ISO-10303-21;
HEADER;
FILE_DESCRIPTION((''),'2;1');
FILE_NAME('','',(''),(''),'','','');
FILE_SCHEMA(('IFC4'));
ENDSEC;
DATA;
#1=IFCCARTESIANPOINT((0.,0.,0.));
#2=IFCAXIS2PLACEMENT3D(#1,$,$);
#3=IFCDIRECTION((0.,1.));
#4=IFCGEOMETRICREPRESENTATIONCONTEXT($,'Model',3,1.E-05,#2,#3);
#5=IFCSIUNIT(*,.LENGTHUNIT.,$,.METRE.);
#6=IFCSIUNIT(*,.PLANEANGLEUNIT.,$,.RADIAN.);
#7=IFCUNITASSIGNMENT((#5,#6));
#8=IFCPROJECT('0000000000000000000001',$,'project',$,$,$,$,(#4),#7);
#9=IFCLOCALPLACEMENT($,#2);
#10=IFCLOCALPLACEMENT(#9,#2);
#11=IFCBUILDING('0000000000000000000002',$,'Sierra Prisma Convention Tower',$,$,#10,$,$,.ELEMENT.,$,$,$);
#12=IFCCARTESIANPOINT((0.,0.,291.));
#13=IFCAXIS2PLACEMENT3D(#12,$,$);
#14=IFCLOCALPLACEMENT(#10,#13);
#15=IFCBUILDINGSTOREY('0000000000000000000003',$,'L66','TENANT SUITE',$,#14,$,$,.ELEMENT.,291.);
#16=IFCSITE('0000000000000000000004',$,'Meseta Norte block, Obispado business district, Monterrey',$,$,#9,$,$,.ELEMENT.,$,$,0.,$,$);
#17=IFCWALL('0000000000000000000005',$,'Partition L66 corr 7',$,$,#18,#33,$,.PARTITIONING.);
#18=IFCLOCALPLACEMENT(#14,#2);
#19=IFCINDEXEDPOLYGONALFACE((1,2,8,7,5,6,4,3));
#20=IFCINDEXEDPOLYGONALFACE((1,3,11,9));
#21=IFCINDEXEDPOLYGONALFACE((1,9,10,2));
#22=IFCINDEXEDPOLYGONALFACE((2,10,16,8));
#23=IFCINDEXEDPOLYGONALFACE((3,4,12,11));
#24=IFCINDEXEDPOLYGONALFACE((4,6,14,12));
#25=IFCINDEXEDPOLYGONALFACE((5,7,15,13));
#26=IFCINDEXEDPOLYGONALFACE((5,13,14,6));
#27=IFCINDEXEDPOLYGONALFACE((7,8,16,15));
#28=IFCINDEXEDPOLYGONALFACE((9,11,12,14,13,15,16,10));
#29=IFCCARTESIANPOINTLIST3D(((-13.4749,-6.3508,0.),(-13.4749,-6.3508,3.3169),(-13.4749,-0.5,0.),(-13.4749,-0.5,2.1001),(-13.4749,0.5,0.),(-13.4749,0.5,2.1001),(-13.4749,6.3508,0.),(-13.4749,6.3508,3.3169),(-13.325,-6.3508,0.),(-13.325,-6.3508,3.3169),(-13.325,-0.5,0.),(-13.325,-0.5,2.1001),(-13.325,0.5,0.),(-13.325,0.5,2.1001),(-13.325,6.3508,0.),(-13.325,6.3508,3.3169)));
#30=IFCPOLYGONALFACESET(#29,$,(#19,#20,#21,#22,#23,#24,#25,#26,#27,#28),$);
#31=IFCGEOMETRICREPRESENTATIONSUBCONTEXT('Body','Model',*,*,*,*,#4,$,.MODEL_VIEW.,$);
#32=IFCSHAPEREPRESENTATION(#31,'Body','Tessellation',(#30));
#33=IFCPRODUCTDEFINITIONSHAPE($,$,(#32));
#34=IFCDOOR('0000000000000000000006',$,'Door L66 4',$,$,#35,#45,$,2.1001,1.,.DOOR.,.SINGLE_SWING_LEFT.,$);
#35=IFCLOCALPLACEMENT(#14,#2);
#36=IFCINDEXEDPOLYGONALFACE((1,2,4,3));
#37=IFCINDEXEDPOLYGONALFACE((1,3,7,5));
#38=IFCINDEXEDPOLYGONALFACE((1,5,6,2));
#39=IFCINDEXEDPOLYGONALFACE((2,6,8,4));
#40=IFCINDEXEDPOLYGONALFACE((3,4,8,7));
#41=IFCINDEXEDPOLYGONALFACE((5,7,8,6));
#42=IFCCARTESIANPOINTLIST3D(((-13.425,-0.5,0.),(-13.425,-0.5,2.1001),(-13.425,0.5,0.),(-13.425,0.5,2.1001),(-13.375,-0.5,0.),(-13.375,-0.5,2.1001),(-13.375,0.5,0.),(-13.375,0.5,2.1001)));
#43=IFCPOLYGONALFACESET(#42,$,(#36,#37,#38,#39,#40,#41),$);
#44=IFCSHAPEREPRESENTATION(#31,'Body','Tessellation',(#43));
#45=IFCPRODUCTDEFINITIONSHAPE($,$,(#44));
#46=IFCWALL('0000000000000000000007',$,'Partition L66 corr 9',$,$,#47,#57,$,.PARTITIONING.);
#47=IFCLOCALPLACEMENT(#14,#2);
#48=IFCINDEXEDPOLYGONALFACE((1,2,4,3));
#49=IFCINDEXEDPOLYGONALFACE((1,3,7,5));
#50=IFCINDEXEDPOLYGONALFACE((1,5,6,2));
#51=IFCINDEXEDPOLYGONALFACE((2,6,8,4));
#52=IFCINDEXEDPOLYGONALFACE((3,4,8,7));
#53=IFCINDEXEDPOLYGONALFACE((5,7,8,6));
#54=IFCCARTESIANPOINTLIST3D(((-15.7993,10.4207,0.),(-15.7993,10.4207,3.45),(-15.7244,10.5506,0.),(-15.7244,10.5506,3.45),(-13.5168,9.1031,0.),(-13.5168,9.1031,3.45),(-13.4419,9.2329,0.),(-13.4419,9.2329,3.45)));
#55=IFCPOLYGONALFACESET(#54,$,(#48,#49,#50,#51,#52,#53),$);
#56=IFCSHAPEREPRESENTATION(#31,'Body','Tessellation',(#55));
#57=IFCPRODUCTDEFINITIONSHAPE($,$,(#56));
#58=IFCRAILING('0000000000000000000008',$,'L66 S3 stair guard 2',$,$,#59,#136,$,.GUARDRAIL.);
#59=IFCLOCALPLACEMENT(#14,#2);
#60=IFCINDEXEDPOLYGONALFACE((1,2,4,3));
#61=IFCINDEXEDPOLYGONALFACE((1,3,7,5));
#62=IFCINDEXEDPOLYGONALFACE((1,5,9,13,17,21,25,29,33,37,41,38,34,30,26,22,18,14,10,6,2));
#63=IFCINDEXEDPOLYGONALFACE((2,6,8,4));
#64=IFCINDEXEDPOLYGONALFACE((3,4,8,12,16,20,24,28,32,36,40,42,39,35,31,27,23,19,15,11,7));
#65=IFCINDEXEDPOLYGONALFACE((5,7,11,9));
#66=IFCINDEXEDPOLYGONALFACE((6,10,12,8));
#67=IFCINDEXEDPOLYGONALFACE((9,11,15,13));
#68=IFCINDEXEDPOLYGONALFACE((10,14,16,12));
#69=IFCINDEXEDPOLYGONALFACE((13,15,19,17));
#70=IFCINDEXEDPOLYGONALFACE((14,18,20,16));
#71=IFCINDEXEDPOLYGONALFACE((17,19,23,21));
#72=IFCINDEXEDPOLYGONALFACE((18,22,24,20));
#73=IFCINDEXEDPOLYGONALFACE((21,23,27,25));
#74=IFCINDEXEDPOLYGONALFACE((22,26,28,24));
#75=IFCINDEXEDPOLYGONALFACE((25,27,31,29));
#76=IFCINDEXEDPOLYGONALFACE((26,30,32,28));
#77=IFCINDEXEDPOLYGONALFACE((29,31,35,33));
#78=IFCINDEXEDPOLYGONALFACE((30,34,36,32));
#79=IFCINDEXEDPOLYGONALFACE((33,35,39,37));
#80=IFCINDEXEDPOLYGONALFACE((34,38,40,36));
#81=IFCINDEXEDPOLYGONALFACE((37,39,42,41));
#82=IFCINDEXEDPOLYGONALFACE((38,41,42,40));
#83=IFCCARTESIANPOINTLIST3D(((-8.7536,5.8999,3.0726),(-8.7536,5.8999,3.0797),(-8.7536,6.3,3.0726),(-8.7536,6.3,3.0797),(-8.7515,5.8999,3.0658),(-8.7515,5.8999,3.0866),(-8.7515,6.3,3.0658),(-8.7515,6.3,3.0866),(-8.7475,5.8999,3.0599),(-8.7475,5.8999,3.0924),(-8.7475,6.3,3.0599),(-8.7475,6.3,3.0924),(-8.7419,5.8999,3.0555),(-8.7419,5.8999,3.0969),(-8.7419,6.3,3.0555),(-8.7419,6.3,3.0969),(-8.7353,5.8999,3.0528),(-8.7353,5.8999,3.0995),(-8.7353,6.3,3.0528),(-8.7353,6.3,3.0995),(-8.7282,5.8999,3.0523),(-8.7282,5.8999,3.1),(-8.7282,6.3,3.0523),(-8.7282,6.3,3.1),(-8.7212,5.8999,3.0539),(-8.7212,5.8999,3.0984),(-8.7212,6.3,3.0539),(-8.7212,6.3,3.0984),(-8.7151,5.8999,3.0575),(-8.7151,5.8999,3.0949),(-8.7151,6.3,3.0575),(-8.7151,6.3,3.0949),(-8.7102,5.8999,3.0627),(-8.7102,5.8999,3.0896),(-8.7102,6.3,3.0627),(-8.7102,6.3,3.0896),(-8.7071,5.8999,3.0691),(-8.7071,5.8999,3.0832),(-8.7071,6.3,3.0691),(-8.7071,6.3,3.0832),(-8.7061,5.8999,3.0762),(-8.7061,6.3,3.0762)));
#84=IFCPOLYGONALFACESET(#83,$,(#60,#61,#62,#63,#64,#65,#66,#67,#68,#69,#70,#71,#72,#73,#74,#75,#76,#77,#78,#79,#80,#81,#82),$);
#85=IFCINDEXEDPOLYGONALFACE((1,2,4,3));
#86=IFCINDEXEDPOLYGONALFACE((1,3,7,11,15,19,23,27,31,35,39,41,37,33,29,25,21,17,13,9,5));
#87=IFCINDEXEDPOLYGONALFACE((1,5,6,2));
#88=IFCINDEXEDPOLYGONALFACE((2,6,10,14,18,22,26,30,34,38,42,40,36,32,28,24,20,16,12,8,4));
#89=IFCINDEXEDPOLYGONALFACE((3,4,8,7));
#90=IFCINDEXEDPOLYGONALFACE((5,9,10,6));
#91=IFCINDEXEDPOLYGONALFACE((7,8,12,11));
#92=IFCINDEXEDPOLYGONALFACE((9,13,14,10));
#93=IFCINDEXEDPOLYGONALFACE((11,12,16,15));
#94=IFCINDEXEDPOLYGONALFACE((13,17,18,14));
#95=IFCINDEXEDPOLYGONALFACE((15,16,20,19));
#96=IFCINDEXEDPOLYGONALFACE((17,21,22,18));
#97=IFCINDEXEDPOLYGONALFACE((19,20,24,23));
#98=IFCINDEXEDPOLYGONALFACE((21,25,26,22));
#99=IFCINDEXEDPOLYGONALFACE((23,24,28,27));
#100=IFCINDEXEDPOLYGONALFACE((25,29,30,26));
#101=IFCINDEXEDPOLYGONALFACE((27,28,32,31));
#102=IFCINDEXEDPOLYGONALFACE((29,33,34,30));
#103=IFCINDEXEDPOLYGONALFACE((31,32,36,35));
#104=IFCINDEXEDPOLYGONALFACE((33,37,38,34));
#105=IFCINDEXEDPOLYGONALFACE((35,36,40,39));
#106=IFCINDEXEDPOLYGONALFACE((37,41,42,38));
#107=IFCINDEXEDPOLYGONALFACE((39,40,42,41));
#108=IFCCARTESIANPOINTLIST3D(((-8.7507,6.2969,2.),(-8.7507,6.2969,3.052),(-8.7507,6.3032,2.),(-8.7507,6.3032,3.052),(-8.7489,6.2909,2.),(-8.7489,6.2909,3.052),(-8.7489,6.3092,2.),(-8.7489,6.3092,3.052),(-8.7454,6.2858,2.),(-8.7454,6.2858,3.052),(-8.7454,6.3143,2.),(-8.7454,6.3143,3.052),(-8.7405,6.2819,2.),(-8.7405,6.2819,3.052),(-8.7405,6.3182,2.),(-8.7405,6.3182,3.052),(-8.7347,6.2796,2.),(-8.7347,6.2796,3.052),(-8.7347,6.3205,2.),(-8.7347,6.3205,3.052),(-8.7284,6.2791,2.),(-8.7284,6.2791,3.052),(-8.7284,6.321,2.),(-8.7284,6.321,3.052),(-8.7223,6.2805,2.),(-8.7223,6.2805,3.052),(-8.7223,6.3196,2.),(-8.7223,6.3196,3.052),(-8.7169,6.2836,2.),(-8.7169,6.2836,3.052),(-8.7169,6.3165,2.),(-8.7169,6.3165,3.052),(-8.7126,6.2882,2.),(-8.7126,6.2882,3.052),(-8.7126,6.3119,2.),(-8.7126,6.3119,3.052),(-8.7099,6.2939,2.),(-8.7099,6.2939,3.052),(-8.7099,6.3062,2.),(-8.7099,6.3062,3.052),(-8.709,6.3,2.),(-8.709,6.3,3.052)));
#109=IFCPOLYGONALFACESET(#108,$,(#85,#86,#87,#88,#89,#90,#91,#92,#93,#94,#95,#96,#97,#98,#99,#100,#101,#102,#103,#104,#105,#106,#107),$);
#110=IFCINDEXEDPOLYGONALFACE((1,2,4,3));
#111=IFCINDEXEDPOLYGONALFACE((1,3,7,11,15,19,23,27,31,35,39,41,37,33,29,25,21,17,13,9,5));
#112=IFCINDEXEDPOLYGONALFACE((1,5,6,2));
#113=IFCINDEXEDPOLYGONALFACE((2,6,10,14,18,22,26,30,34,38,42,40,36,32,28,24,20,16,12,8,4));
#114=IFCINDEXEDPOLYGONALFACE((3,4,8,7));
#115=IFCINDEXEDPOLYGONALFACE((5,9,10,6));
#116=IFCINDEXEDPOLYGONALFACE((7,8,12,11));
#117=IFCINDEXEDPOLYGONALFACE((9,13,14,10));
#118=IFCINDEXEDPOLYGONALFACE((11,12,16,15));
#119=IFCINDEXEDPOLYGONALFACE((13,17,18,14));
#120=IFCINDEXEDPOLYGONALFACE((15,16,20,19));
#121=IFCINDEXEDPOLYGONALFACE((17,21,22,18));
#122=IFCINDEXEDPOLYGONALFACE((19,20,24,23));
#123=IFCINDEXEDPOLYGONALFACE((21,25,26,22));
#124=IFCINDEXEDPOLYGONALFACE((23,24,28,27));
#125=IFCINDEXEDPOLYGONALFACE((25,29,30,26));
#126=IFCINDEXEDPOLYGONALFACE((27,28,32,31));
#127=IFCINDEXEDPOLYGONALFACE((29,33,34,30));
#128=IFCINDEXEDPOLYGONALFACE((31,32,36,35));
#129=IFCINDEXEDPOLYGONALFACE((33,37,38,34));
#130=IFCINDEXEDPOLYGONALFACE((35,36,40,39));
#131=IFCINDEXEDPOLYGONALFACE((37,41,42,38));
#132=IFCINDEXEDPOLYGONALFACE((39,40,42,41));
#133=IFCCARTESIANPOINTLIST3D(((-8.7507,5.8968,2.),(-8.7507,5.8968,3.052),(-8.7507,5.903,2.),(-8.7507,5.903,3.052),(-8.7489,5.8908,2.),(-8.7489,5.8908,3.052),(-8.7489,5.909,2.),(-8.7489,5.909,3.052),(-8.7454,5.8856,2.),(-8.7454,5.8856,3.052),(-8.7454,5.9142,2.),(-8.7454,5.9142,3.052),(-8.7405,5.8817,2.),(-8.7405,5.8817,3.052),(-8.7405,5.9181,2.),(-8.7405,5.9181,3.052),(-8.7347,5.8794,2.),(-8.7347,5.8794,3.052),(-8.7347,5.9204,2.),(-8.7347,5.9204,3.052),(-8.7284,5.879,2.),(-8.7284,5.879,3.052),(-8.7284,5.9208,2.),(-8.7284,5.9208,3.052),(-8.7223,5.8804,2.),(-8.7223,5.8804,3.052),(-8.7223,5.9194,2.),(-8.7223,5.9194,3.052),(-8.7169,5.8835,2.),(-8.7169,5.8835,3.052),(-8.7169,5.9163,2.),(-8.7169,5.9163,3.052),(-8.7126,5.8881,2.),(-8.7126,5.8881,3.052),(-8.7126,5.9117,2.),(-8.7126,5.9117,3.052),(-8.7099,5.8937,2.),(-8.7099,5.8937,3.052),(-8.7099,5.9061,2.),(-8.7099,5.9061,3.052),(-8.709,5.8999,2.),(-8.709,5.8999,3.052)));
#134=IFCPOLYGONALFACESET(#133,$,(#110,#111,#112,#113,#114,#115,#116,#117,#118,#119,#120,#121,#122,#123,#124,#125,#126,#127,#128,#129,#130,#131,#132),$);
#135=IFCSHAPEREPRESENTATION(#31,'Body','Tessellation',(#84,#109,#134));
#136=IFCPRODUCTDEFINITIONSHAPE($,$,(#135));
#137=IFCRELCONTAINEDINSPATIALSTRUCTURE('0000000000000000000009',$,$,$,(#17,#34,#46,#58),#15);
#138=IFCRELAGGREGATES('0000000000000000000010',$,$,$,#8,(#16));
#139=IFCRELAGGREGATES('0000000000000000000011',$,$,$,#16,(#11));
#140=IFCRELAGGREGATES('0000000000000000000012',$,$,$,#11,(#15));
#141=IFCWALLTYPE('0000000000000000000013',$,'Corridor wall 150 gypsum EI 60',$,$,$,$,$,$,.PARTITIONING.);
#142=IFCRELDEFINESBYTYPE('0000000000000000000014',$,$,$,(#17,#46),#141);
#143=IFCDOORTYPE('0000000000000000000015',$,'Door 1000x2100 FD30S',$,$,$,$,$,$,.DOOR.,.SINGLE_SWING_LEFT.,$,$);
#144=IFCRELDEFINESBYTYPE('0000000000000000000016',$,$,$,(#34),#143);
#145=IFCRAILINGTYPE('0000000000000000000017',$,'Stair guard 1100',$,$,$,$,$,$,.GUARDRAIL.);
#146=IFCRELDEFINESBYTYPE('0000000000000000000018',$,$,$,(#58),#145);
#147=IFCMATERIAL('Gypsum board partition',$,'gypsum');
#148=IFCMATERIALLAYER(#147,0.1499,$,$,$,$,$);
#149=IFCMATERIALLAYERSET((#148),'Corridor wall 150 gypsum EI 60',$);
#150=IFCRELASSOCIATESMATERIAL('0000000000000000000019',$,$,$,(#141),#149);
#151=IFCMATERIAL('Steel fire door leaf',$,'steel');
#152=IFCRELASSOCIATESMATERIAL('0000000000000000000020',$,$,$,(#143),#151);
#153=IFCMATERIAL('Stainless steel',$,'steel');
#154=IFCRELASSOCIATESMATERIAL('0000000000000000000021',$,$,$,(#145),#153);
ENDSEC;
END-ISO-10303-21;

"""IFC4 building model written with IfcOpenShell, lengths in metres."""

from ifc_helpers import new_model, si_unit, direction, frame, frame_2d, origin, origin_2d, place, context, subcontext, project, spatial, rectangle, circle, extrude, material, layer, layer_set, type_object, element, fill, save


model = new_model("IFC4")

# Units and contexts
model_context = context("Model", 3, precision=1e-05, world=origin(), true_north=direction((0.0, 1.0)))
body_context = subcontext(model_context, "Body", "Model", "MODEL_VIEW")
ifc_project = project(units=[si_unit("LENGTHUNIT", "METRE"), si_unit("PLANEANGLEUNIT", "RADIAN")], contexts=[model_context])

# Site, building, storey
site_placement = place(None, origin())
site = spatial("IfcSite", under=ifc_project, at=site_placement, Name="Meseta Norte block, Obispado business district, Monterrey", CompositionType="ELEMENT", RefElevation=0.0)
building_placement = place(site_placement, origin())
building = spatial("IfcBuilding", under=site, at=building_placement, Name="Sierra Prisma Convention Tower", CompositionType="ELEMENT")
storey_placement = place(building_placement, frame((0.0, 0.0, 291.0)))
storey = spatial("IfcBuildingStorey", under=building, at=storey_placement, Name="L66", Description="TENANT SUITE", CompositionType="ELEMENT", Elevation=291.0)

# Shared definitions
ifc_material_1 = material(Name="Gypsum board partition", Category="gypsum")
ifc_layer_1 = layer(ifc_material_1, 0.1499)
ifc_layer_set_1 = layer_set([ifc_layer_1], Name="Corridor wall 150 gypsum EI 60")
wall_type_1 = type_object("IfcWallType", Name="Corridor wall 150 gypsum EI 60", PredefinedType="PARTITIONING", material=ifc_layer_set_1)

# Wall, opening, door
wall_1_placement = place(storey_placement, frame((-13.3999, 6.3508, 0.0), z_axis=(0.0, 0.0, 1.0), x_axis=(0.0, -1.0, 0.0)))
wall_1 = element("IfcWall", 1, at=wall_1_placement, inside=storey, type_object=wall_type_1, Name="Partition L66 corr 7", PredefinedType="PARTITIONING", context=body_context, shape_type="SweptSolid", body=[
    extrude(rectangle(XDim=12.7017, YDim=0.1499, at=frame_2d((6.3508, 0.0))), origin(), (0.0, 0.0, 1.0), 3.3169),
])
opening_1_placement = place(wall_1_placement, frame((5.8508, 0.0, 0.0)))
opening_1 = element("IfcOpeningElement", 2, at=opening_1_placement, cuts=wall_1, PredefinedType="OPENING", context=body_context, shape_type="SweptSolid", body=[
    extrude(rectangle(XDim=1.0, YDim=2.1001, at=frame_2d((0.5, 1.05))), frame((0.0, 0.075, 0.0), z_axis=(0.0, -1.0, 0.0), x_axis=(1.0, 0.0, 0.0)), (0.0, 0.0, 1.0), 0.1499),
])
ifc_material_2 = material(Name="Steel fire door leaf", Category="steel")
door_type_1 = type_object("IfcDoorType", Name="Door 1000x2100 FD30S", OperationType="SINGLE_SWING_LEFT", PredefinedType="DOOR", material=ifc_material_2)
door_1_placement = place(opening_1_placement, origin())
door_1 = element("IfcDoor", 3, at=door_1_placement, inside=storey, type_object=door_type_1, Name="Door L66 4", OperationType="SINGLE_SWING_LEFT", OverallHeight=2.1001, OverallWidth=1.0, PredefinedType="DOOR", context=body_context, shape_type="SweptSolid", body=[
    extrude(rectangle(XDim=1.0, YDim=2.1001, at=frame_2d((0.5, 1.05))), frame((0.0, 0.0249, 0.0), z_axis=(0.0, -1.0, 0.0), x_axis=(1.0, 0.0, 0.0)), (0.0, 0.0, 1.0), 0.05),
])
fill(opening_1, door_1)

# Wall
wall_2_placement = place(storey_placement, frame((-13.4792, 9.168, 0.0), z_axis=(0.0, 0.0, 1.0), x_axis=(-0.866051, 0.499955, 0.0)))
element("IfcWall", 4, at=wall_2_placement, inside=storey, type_object=wall_type_1, Name="Partition L66 corr 9", PredefinedType="PARTITIONING", context=body_context, shape_type="SweptSolid", body=[
    extrude(rectangle(XDim=2.6355, YDim=0.1499, at=frame_2d((1.3179, 0.0))), origin(), (0.0, 0.0, 1.0), 3.45),
])

# Railing
ifc_material_3 = material(Name="Stainless steel", Category="steel")
railing_type = type_object("IfcRailingType", Name="Stair guard 1100", PredefinedType="GUARDRAIL", material=ifc_material_3)
railing_placement = place(storey_placement, frame((-8.73, 6.3, 2.0)))
element("IfcRailing", 5, at=railing_placement, inside=storey, type_object=railing_type, Name="L66 S3 stair guard 2", PredefinedType="GUARDRAIL", context=body_context, shape_type="SweptSolid", body=[
    extrude(circle(Radius=0.0239, at=origin_2d()), frame((0.0, 0.0, 1.0762), z_axis=(0.0, -1.0, 0.0), x_axis=(1.0, 0.0, 0.0)), (0.0, 0.0, 1.0), 0.4001),
    extrude(circle(Radius=0.021, at=origin_2d()), origin(), (0.0, 0.0, 1.0), 1.052),
    extrude(circle(Radius=0.021, at=origin_2d()), frame((0.0, -0.4001, 0.0)), (0.0, 0.0, 1.0), 1.052),
])

save(model, "model.ifc")
